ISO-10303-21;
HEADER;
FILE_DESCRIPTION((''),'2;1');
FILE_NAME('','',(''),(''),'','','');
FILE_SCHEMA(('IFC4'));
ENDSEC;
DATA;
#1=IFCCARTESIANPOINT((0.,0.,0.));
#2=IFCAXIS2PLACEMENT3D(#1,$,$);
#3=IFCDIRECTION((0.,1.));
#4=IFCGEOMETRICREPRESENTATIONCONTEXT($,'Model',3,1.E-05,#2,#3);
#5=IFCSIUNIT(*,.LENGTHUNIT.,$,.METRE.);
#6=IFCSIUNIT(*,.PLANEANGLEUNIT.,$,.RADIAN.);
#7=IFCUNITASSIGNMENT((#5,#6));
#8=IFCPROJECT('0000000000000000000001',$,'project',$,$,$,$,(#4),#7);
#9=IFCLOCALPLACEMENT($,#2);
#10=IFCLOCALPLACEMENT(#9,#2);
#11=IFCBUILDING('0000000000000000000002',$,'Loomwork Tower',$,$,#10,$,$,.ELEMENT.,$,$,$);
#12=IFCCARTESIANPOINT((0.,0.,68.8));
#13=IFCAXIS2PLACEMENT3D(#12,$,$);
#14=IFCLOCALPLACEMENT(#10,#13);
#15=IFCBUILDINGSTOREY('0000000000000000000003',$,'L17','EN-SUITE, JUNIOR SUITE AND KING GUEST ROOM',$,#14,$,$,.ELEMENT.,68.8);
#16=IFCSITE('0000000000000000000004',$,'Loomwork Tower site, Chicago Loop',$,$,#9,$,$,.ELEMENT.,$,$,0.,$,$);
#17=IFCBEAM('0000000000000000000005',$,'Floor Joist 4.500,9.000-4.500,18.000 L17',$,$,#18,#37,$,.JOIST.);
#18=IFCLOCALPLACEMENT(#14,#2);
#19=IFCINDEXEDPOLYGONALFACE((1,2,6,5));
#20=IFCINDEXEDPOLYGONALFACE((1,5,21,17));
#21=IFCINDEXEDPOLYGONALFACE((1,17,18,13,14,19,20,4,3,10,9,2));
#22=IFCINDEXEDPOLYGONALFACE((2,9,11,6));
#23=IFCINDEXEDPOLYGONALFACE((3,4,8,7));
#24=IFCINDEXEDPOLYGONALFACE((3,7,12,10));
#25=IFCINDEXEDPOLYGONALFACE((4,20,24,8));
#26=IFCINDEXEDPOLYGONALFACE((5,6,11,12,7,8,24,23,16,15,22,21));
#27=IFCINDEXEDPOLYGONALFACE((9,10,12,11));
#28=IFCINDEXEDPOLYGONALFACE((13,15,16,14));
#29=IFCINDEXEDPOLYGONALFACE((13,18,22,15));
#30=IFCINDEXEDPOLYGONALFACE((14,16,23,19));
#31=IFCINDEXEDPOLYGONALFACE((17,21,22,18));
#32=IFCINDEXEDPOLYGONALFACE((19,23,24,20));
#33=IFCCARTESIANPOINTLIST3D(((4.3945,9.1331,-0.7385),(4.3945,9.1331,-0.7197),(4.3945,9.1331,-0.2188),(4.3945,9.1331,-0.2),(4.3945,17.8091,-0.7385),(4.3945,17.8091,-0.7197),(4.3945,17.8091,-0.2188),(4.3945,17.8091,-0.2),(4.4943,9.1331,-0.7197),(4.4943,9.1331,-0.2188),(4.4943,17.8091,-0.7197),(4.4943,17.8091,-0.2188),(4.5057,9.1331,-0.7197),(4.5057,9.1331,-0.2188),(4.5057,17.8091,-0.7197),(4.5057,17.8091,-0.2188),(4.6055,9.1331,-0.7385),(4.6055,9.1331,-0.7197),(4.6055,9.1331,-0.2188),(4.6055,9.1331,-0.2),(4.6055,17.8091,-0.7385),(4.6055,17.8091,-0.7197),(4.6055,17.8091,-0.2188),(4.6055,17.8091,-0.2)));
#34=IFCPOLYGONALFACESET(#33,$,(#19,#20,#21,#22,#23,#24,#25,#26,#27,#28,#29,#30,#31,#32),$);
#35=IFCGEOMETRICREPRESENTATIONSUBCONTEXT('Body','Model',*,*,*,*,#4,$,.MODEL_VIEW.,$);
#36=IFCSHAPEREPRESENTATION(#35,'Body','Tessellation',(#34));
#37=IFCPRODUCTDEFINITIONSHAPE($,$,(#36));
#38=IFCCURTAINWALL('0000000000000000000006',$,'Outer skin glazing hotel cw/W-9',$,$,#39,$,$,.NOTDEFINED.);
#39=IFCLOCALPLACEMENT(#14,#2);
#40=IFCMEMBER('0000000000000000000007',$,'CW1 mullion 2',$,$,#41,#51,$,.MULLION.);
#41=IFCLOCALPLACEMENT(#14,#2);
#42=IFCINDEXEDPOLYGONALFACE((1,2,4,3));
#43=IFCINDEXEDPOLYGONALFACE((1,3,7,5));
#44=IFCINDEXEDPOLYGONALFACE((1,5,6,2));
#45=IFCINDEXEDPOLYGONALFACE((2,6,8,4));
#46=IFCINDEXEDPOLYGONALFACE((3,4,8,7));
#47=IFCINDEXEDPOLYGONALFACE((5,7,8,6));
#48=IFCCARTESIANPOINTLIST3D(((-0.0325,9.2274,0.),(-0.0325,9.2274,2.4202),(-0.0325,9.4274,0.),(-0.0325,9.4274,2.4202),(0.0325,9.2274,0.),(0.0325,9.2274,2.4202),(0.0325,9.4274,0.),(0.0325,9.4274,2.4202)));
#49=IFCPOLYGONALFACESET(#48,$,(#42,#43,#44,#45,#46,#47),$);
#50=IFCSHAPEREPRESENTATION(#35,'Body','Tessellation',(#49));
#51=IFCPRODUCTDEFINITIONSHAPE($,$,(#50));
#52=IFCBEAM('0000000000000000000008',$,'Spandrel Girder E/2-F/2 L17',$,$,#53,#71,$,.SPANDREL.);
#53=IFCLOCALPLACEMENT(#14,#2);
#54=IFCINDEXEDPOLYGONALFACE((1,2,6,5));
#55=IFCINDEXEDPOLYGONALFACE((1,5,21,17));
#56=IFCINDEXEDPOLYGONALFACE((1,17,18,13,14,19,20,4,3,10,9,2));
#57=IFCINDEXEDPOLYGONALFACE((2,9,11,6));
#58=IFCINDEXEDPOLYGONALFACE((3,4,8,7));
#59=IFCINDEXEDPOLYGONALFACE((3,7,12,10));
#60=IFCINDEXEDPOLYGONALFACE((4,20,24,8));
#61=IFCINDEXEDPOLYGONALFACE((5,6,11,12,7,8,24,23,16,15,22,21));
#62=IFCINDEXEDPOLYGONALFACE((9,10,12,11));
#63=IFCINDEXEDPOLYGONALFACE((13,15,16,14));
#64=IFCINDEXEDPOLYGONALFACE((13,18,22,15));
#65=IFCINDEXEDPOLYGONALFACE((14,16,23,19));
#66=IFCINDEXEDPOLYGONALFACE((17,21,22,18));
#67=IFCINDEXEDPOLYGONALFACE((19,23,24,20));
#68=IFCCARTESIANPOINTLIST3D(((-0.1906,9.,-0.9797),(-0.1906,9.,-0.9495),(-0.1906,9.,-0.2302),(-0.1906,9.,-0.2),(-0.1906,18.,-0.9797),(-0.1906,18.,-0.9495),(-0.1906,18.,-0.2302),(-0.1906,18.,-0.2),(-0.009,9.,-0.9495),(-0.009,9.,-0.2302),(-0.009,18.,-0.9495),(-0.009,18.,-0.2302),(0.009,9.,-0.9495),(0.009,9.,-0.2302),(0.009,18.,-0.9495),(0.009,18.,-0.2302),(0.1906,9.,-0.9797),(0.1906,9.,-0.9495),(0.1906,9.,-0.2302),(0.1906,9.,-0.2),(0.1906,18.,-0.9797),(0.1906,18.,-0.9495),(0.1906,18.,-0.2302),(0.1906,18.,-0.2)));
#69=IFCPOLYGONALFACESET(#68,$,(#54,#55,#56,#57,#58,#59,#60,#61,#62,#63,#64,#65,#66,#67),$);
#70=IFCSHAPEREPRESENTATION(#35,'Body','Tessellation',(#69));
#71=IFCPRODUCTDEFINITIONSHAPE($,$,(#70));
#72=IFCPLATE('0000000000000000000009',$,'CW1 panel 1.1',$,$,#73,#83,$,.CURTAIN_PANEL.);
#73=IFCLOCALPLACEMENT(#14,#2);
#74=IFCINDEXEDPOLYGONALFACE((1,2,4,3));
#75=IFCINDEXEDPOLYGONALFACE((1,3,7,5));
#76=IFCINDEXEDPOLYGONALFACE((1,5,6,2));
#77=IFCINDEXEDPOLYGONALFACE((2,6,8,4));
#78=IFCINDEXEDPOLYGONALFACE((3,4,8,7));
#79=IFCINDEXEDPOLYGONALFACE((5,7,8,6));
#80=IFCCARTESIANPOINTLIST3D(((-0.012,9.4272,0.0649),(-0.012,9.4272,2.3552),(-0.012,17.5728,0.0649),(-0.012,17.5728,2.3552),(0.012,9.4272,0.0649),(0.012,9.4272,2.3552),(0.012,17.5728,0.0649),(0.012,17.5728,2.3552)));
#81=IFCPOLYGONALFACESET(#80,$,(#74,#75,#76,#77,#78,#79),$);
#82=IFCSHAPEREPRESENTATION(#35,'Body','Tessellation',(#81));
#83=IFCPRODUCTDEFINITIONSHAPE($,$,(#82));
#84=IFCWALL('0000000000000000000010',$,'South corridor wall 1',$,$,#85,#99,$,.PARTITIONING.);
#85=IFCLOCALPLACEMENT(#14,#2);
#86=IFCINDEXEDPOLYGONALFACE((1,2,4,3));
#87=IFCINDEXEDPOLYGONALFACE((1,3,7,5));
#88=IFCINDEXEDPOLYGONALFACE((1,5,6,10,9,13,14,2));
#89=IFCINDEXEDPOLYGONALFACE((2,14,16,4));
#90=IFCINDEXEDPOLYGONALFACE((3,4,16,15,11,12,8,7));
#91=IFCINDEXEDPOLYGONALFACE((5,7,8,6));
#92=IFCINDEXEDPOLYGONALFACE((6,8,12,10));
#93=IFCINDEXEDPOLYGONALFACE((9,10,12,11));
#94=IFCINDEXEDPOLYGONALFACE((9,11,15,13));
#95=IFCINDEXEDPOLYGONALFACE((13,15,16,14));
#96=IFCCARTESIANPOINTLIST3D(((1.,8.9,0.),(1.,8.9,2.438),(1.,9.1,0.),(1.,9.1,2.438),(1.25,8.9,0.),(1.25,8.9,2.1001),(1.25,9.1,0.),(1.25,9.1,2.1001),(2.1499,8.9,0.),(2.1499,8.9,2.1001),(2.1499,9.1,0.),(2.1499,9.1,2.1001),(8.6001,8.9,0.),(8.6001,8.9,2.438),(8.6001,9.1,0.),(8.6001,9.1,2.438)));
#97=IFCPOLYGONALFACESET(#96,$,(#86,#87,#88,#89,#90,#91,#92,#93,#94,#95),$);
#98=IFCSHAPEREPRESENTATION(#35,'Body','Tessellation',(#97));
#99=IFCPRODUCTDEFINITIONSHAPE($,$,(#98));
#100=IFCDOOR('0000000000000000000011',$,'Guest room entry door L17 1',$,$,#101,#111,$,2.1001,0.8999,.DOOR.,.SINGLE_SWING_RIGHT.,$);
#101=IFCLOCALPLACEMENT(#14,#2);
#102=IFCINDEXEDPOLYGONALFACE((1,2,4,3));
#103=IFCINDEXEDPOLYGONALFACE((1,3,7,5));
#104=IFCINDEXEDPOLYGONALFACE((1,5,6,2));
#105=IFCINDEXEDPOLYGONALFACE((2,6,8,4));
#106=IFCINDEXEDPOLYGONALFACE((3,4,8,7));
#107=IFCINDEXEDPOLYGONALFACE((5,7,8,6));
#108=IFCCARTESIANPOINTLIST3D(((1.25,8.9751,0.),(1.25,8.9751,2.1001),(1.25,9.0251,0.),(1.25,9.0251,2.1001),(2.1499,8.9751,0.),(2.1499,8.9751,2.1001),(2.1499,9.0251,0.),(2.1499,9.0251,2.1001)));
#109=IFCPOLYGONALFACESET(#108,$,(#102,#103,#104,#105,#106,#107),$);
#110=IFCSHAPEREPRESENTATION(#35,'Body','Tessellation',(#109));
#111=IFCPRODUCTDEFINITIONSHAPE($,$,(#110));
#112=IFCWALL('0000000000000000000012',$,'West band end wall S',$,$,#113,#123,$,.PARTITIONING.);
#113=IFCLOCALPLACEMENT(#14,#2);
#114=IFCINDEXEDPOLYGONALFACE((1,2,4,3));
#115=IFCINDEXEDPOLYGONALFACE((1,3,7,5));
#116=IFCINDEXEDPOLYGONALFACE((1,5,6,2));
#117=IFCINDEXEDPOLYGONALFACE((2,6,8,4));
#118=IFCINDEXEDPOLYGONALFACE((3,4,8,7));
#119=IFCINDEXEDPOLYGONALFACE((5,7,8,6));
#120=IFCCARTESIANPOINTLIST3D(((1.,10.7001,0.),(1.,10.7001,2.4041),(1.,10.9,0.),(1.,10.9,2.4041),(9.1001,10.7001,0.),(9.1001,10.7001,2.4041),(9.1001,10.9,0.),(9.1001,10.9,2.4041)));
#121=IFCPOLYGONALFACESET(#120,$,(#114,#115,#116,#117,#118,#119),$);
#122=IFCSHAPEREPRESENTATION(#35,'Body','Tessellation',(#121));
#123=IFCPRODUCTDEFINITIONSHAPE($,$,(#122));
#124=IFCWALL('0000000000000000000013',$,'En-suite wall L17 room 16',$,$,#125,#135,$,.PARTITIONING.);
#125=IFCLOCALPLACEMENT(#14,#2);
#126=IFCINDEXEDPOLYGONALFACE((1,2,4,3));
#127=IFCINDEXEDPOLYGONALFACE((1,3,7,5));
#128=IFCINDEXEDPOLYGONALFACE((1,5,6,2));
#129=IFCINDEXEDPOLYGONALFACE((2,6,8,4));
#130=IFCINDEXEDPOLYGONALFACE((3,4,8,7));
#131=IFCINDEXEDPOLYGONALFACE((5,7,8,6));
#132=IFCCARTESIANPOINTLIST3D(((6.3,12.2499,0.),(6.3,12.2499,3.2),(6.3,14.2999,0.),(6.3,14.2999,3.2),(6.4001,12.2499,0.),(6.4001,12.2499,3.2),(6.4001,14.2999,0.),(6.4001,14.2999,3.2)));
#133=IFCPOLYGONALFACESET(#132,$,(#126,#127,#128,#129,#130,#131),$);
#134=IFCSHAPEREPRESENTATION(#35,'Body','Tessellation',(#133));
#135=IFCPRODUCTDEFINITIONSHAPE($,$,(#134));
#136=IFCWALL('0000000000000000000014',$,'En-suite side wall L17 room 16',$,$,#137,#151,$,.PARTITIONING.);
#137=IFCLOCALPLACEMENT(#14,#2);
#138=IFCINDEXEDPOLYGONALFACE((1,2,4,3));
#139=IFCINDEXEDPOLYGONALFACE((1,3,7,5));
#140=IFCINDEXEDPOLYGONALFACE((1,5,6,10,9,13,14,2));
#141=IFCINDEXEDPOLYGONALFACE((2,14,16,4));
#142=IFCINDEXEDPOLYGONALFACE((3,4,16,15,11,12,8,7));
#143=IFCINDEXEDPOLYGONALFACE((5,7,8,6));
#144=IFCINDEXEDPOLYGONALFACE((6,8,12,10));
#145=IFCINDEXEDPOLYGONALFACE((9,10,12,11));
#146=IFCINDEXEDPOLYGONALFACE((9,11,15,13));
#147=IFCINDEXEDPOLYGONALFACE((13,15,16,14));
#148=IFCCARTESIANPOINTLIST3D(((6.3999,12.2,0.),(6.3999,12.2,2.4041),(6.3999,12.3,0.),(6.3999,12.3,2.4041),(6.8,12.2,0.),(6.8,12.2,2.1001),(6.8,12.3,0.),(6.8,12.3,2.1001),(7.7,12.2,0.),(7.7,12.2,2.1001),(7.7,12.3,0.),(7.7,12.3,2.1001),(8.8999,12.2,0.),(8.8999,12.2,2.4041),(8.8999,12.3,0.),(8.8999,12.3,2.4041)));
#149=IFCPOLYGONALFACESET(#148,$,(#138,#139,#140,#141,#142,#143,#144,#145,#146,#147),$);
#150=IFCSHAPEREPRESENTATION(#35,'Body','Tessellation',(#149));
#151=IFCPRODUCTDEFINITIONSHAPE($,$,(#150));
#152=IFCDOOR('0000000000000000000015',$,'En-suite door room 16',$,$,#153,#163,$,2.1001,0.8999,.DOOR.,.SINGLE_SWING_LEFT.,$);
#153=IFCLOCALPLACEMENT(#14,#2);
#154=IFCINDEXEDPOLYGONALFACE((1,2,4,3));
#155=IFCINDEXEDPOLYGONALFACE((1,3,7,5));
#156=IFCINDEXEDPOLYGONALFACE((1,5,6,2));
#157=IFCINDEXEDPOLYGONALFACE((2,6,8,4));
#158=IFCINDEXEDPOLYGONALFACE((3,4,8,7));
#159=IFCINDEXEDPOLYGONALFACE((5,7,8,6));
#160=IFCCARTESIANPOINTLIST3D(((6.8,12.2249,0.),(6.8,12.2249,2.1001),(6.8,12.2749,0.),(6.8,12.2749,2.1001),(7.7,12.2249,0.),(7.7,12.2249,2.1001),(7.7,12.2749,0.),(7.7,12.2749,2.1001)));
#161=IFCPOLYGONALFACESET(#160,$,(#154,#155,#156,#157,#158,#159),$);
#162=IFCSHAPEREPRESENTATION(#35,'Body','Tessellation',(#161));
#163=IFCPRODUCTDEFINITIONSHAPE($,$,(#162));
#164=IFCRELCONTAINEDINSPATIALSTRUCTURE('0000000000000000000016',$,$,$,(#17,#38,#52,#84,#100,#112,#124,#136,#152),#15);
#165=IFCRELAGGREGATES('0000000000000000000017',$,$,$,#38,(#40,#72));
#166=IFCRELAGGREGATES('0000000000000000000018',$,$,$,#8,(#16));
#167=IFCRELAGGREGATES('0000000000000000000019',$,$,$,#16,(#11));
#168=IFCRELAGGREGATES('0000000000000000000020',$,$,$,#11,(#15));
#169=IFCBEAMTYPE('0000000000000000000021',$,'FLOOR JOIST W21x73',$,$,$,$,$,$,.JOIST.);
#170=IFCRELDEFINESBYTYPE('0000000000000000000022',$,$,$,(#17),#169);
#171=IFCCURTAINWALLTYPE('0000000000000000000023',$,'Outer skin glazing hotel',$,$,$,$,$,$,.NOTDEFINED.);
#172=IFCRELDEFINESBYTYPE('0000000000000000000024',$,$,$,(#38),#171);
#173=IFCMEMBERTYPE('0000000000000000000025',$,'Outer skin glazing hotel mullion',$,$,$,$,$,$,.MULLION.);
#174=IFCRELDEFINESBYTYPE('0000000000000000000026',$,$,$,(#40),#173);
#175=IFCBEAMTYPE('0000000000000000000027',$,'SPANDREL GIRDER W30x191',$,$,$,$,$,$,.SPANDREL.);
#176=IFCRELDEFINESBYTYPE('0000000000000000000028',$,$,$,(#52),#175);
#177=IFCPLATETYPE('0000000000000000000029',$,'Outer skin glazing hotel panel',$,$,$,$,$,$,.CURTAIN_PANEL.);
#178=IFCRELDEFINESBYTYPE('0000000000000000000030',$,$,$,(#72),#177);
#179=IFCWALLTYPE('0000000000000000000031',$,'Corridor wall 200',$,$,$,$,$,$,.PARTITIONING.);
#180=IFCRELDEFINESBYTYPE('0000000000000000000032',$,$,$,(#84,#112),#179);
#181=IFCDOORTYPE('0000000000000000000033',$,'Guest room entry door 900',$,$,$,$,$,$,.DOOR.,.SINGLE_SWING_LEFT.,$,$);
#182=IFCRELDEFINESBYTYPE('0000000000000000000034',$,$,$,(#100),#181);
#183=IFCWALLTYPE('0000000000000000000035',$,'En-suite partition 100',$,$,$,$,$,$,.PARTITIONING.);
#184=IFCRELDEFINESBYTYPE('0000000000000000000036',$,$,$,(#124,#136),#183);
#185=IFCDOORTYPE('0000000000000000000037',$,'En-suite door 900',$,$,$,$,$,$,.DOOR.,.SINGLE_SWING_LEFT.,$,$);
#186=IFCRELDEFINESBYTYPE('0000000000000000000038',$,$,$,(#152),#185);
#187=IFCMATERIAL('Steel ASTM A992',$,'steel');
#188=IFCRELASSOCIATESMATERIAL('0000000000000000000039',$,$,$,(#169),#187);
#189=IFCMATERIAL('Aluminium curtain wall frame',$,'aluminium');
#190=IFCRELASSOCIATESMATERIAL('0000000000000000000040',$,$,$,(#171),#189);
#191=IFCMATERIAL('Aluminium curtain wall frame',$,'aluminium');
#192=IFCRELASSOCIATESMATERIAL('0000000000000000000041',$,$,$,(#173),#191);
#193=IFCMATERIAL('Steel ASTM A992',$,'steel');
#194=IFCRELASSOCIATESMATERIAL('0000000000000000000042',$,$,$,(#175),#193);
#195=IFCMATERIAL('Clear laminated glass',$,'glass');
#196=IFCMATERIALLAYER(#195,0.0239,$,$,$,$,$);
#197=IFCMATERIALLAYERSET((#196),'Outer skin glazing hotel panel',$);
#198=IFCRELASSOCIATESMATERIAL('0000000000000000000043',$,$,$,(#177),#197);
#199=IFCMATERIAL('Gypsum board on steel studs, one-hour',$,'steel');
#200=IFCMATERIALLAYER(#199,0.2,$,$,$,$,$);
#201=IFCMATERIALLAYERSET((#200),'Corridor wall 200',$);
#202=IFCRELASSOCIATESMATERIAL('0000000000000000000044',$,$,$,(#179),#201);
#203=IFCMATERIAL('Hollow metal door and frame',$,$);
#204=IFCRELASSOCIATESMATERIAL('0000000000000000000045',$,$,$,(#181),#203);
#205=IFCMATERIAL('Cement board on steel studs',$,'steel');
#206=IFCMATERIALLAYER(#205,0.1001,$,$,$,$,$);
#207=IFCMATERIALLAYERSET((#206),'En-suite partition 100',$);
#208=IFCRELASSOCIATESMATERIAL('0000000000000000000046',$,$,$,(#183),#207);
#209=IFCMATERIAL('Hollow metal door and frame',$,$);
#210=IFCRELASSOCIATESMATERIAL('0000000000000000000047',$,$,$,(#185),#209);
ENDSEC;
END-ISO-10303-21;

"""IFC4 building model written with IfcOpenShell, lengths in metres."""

from ifc_helpers import new_model, si_unit, direction, frame, frame_2d, origin, origin_2d, place, context, subcontext, project, spatial, rectangle, i_section, extrude, material, layer, layer_set, material_profile, profile_set, type_object, element, fill, aggregate, save


model = new_model("IFC4")

# Units and contexts
model_context = context("Model", 3, precision=1e-05, world=origin(), true_north=direction((0.0, 1.0)))
body_context = subcontext(model_context, "Body", "Model", "MODEL_VIEW")
ifc_project = project(units=[si_unit("LENGTHUNIT", "METRE"), si_unit("PLANEANGLEUNIT", "RADIAN")], contexts=[model_context])

# Site, building, storey
site_placement = place(None, origin())
site = spatial("IfcSite", under=ifc_project, at=site_placement, Name="Loomwork Tower site, Chicago Loop", CompositionType="ELEMENT", RefElevation=0.0)
building_placement = place(site_placement, origin())
building = spatial("IfcBuilding", under=site, at=building_placement, Name="Loomwork Tower", CompositionType="ELEMENT")
storey_placement = place(building_placement, frame((0.0, 0.0, 68.8)))
storey = spatial("IfcBuildingStorey", under=building, at=storey_placement, Name="L17", Description="EN-SUITE, JUNIOR SUITE AND KING GUEST ROOM", CompositionType="ELEMENT", Elevation=68.8)

# Beam
ifc_material_1 = material(Name="Steel ASTM A992", Category="steel")
ifc_material_profile_1 = material_profile(ifc_material_1, i_section(OverallWidth=0.2109, OverallDepth=0.5386, WebThickness=0.0115, FlangeThickness=0.0188, at=origin_2d()), Name="W21x73")
ifc_profile_set_1 = profile_set([ifc_material_profile_1], Name="Steel ASTM A992")
beam_type_1 = type_object("IfcBeamType", Name="FLOOR JOIST W21x73", PredefinedType="JOIST", material=ifc_profile_set_1)
beam_1_placement = place(storey_placement, frame((4.5, 9.1331, -0.4692), z_axis=(0.0, 1.0, 0.0), x_axis=(-1.0, 0.0, 0.0)))
element("IfcBeam", 1, at=beam_1_placement, inside=storey, type_object=beam_type_1, Name="Floor Joist 4.500,9.000-4.500,18.000 L17", PredefinedType="JOIST", context=body_context, shape_type="SweptSolid", body=[
    extrude(i_section(OverallWidth=0.2109, OverallDepth=0.5386, WebThickness=0.0115, FlangeThickness=0.0188, at=origin_2d()), origin(), (0.0, 0.0, 1.0), 8.676),
])

# Curtain wall, member
ifc_material_2 = material(Name="Aluminium curtain wall frame", Category="aluminium")
curtain_wall_type = type_object("IfcCurtainWallType", Name="Outer skin glazing hotel", PredefinedType="NOTDEFINED", material=ifc_material_2)
curtain_wall_placement = place(storey_placement, origin())
curtain_wall = element("IfcCurtainWall", 2, at=curtain_wall_placement, inside=storey, type_object=curtain_wall_type, Name="Outer skin glazing hotel cw/W-9", PredefinedType="NOTDEFINED")
ifc_material_3 = material(Name="Aluminium curtain wall frame", Category="aluminium")
ifc_material_profile_2 = material_profile(ifc_material_3, rectangle(XDim=0.0649, YDim=0.2, at=origin_2d()), Name="AL 65x200")
ifc_profile_set_2 = profile_set([ifc_material_profile_2], Name="Aluminium curtain wall frame")
member_type = type_object("IfcMemberType", Name="Outer skin glazing hotel mullion", PredefinedType="MULLION", material=ifc_profile_set_2)
member_placement = place(storey_placement, frame((0.0, 9.3274, 0.0), z_axis=(0.0, 0.0, 1.0), x_axis=(1.0, 0.0, 0.0)))
member = element("IfcMember", 3, at=member_placement, type_object=member_type, Name="CW1 mullion 2", PredefinedType="MULLION", context=body_context, shape_type="SweptSolid", body=[
    extrude(rectangle(XDim=0.0649, YDim=0.2, at=origin_2d()), origin(), (0.0, 0.0, 1.0), 2.4202),
])

# Beam
ifc_material_4 = material(Name="Steel ASTM A992", Category="steel")
ifc_material_profile_3 = material_profile(ifc_material_4, i_section(OverallWidth=0.3811, OverallDepth=0.7798, WebThickness=0.0181, FlangeThickness=0.0303, at=origin_2d()), Name="W30x191")
ifc_profile_set_3 = profile_set([ifc_material_profile_3], Name="Steel ASTM A992")
beam_type_2 = type_object("IfcBeamType", Name="SPANDREL GIRDER W30x191", PredefinedType="SPANDREL", material=ifc_profile_set_3)
beam_2_placement = place(storey_placement, frame((0.0, 9.0, -0.5898), z_axis=(0.0, 1.0, 0.0), x_axis=(-1.0, 0.0, 0.0)))
element("IfcBeam", 4, at=beam_2_placement, inside=storey, type_object=beam_type_2, Name="Spandrel Girder E/2-F/2 L17", PredefinedType="SPANDREL", context=body_context, shape_type="SweptSolid", body=[
    extrude(i_section(OverallWidth=0.3811, OverallDepth=0.7798, WebThickness=0.0181, FlangeThickness=0.0303, at=origin_2d()), origin(), (0.0, 0.0, 1.0), 9.0),
])

# Plate
ifc_material_5 = material(Name="Clear laminated glass", Category="glass")
ifc_layer_1 = layer(ifc_material_5, 0.0239)
ifc_layer_set_1 = layer_set([ifc_layer_1], Name="Outer skin glazing hotel panel")
plate_type = type_object("IfcPlateType", Name="Outer skin glazing hotel panel", PredefinedType="CURTAIN_PANEL", material=ifc_layer_set_1)
plate_placement = place(storey_placement, frame((0.0, 13.5, 0.0649), z_axis=(0.0, 0.0, 1.0), x_axis=(0.0, -1.0, 0.0)))
plate = element("IfcPlate", 5, at=plate_placement, type_object=plate_type, Name="CW1 panel 1.1", PredefinedType="CURTAIN_PANEL", context=body_context, shape_type="SweptSolid", body=[
    extrude(rectangle(XDim=8.1455, YDim=0.0239, at=origin_2d()), origin(), (0.0, 0.0, 1.0), 2.2903),
])
aggregate(curtain_wall, [member, plate])

# Wall, opening, door
ifc_material_6 = material(Name="Gypsum board on steel studs, one-hour", Category="steel")
ifc_layer_2 = layer(ifc_material_6, 0.2)
ifc_layer_set_2 = layer_set([ifc_layer_2], Name="Corridor wall 200")
wall_type_1 = type_object("IfcWallType", Name="Corridor wall 200", PredefinedType="PARTITIONING", material=ifc_layer_set_2)
wall_1_placement = place(storey_placement, frame((1.0, 9.0, 0.0), z_axis=(0.0, 0.0, 1.0), x_axis=(1.0, 0.0, 0.0)))
wall_1 = element("IfcWall", 6, at=wall_1_placement, inside=storey, type_object=wall_type_1, Name="South corridor wall 1", PredefinedType="PARTITIONING", context=body_context, shape_type="SweptSolid", body=[
    extrude(rectangle(XDim=7.6001, YDim=0.2, at=frame_2d((3.8, 0.0))), origin(), (0.0, 0.0, 1.0), 2.438),
])
opening_1_placement = place(wall_1_placement, frame((0.25, 0.0, 0.0)))
opening_1 = element("IfcOpeningElement", 7, at=opening_1_placement, cuts=wall_1, PredefinedType="OPENING", context=body_context, shape_type="SweptSolid", body=[
    extrude(rectangle(XDim=0.8999, YDim=2.1001, at=frame_2d((0.45, 1.05))), frame((0.0, 0.1099, 0.0), z_axis=(0.0, -1.0, 0.0), x_axis=(1.0, 0.0, 0.0)), (0.0, 0.0, 1.0), 0.22),
])
ifc_material_7 = material(Name="Hollow metal door and frame")
door_type_1 = type_object("IfcDoorType", Name="Guest room entry door 900", OperationType="SINGLE_SWING_LEFT", PredefinedType="DOOR", material=ifc_material_7)
door_1_placement = place(opening_1_placement, frame((0.8999, 0.0, 0.0), z_axis=(0.0, 0.0, 1.0), x_axis=(-1.0, 0.0, 0.0)))
door_1 = element("IfcDoor", 8, at=door_1_placement, inside=storey, type_object=door_type_1, Name="Guest room entry door L17 1", OperationType="SINGLE_SWING_RIGHT", OverallHeight=2.1001, OverallWidth=0.8999, PredefinedType="DOOR", context=body_context, shape_type="SweptSolid", body=[
    extrude(rectangle(XDim=0.8999, YDim=2.1001, at=frame_2d((0.45, 1.05))), frame((0.0, 0.0249, 0.0), z_axis=(0.0, -1.0, 0.0), x_axis=(1.0, 0.0, 0.0)), (0.0, 0.0, 1.0), 0.05),
])
fill(opening_1, door_1)

# Walls
wall_2_placement = place(storey_placement, frame((1.0, 10.8, 0.0), z_axis=(0.0, 0.0, 1.0), x_axis=(1.0, 0.0, 0.0)))
element("IfcWall", 9, at=wall_2_placement, inside=storey, type_object=wall_type_1, Name="West band end wall S", PredefinedType="PARTITIONING", context=body_context, shape_type="SweptSolid", body=[
    extrude(rectangle(XDim=8.1001, YDim=0.2, at=frame_2d((4.05, 0.0))), origin(), (0.0, 0.0, 1.0), 2.4041),
])
ifc_material_8 = material(Name="Cement board on steel studs", Category="steel")
ifc_layer_3 = layer(ifc_material_8, 0.1001)
ifc_layer_set_3 = layer_set([ifc_layer_3], Name="En-suite partition 100")
wall_type_2 = type_object("IfcWallType", Name="En-suite partition 100", PredefinedType="PARTITIONING", material=ifc_layer_set_3)
wall_3_placement = place(storey_placement, frame((6.3501, 12.25, 0.0), z_axis=(0.0, 0.0, 1.0), x_axis=(0.0, 1.0, 0.0)))
element("IfcWall", 10, at=wall_3_placement, inside=storey, type_object=wall_type_2, Name="En-suite wall L17 room 16", PredefinedType="PARTITIONING", context=body_context, shape_type="SweptSolid", body=[
    extrude(rectangle(XDim=2.05, YDim=0.1001, at=frame_2d((1.0249, 0.0))), origin(), (0.0, 0.0, 1.0), 3.2),
])

# Wall, opening, door
wall_4_placement = place(storey_placement, frame((8.8999, 12.25, 0.0), z_axis=(0.0, 0.0, 1.0), x_axis=(-1.0, 0.0, 0.0)))
wall_4 = element("IfcWall", 11, at=wall_4_placement, inside=storey, type_object=wall_type_2, Name="En-suite side wall L17 room 16", PredefinedType="PARTITIONING", context=body_context, shape_type="SweptSolid", body=[
    extrude(rectangle(XDim=2.5, YDim=0.1001, at=frame_2d((1.25, 0.0))), origin(), (0.0, 0.0, 1.0), 2.4041),
])
opening_2_placement = place(wall_4_placement, frame((1.2, 0.0, 0.0)))
opening_2 = element("IfcOpeningElement", 12, at=opening_2_placement, cuts=wall_4, PredefinedType="OPENING", context=body_context, shape_type="SweptSolid", body=[
    extrude(rectangle(XDim=0.8999, YDim=2.1001, at=frame_2d((0.45, 1.05))), frame((0.0, 0.0601, 0.0), z_axis=(0.0, -1.0, 0.0), x_axis=(1.0, 0.0, 0.0)), (0.0, 0.0, 1.0), 0.1201),
])
ifc_material_9 = material(Name="Hollow metal door and frame")
door_type_2 = type_object("IfcDoorType", Name="En-suite door 900", OperationType="SINGLE_SWING_LEFT", PredefinedType="DOOR", material=ifc_material_9)
door_2_placement = place(opening_2_placement, frame((0.8999, 0.0, 0.0), z_axis=(0.0, 0.0, 1.0), x_axis=(-1.0, 0.0, 0.0)))
door_2 = element("IfcDoor", 13, at=door_2_placement, inside=storey, type_object=door_type_2, Name="En-suite door room 16", OperationType="SINGLE_SWING_LEFT", OverallHeight=2.1001, OverallWidth=0.8999, PredefinedType="DOOR", context=body_context, shape_type="SweptSolid", body=[
    extrude(rectangle(XDim=0.8999, YDim=2.1001, at=frame_2d((0.45, 1.05))), frame((0.0, 0.0249, 0.0), z_axis=(0.0, -1.0, 0.0), x_axis=(1.0, 0.0, 0.0)), (0.0, 0.0, 1.0), 0.05),
])
fill(opening_2, door_2)

save(model, "model.ifc")
